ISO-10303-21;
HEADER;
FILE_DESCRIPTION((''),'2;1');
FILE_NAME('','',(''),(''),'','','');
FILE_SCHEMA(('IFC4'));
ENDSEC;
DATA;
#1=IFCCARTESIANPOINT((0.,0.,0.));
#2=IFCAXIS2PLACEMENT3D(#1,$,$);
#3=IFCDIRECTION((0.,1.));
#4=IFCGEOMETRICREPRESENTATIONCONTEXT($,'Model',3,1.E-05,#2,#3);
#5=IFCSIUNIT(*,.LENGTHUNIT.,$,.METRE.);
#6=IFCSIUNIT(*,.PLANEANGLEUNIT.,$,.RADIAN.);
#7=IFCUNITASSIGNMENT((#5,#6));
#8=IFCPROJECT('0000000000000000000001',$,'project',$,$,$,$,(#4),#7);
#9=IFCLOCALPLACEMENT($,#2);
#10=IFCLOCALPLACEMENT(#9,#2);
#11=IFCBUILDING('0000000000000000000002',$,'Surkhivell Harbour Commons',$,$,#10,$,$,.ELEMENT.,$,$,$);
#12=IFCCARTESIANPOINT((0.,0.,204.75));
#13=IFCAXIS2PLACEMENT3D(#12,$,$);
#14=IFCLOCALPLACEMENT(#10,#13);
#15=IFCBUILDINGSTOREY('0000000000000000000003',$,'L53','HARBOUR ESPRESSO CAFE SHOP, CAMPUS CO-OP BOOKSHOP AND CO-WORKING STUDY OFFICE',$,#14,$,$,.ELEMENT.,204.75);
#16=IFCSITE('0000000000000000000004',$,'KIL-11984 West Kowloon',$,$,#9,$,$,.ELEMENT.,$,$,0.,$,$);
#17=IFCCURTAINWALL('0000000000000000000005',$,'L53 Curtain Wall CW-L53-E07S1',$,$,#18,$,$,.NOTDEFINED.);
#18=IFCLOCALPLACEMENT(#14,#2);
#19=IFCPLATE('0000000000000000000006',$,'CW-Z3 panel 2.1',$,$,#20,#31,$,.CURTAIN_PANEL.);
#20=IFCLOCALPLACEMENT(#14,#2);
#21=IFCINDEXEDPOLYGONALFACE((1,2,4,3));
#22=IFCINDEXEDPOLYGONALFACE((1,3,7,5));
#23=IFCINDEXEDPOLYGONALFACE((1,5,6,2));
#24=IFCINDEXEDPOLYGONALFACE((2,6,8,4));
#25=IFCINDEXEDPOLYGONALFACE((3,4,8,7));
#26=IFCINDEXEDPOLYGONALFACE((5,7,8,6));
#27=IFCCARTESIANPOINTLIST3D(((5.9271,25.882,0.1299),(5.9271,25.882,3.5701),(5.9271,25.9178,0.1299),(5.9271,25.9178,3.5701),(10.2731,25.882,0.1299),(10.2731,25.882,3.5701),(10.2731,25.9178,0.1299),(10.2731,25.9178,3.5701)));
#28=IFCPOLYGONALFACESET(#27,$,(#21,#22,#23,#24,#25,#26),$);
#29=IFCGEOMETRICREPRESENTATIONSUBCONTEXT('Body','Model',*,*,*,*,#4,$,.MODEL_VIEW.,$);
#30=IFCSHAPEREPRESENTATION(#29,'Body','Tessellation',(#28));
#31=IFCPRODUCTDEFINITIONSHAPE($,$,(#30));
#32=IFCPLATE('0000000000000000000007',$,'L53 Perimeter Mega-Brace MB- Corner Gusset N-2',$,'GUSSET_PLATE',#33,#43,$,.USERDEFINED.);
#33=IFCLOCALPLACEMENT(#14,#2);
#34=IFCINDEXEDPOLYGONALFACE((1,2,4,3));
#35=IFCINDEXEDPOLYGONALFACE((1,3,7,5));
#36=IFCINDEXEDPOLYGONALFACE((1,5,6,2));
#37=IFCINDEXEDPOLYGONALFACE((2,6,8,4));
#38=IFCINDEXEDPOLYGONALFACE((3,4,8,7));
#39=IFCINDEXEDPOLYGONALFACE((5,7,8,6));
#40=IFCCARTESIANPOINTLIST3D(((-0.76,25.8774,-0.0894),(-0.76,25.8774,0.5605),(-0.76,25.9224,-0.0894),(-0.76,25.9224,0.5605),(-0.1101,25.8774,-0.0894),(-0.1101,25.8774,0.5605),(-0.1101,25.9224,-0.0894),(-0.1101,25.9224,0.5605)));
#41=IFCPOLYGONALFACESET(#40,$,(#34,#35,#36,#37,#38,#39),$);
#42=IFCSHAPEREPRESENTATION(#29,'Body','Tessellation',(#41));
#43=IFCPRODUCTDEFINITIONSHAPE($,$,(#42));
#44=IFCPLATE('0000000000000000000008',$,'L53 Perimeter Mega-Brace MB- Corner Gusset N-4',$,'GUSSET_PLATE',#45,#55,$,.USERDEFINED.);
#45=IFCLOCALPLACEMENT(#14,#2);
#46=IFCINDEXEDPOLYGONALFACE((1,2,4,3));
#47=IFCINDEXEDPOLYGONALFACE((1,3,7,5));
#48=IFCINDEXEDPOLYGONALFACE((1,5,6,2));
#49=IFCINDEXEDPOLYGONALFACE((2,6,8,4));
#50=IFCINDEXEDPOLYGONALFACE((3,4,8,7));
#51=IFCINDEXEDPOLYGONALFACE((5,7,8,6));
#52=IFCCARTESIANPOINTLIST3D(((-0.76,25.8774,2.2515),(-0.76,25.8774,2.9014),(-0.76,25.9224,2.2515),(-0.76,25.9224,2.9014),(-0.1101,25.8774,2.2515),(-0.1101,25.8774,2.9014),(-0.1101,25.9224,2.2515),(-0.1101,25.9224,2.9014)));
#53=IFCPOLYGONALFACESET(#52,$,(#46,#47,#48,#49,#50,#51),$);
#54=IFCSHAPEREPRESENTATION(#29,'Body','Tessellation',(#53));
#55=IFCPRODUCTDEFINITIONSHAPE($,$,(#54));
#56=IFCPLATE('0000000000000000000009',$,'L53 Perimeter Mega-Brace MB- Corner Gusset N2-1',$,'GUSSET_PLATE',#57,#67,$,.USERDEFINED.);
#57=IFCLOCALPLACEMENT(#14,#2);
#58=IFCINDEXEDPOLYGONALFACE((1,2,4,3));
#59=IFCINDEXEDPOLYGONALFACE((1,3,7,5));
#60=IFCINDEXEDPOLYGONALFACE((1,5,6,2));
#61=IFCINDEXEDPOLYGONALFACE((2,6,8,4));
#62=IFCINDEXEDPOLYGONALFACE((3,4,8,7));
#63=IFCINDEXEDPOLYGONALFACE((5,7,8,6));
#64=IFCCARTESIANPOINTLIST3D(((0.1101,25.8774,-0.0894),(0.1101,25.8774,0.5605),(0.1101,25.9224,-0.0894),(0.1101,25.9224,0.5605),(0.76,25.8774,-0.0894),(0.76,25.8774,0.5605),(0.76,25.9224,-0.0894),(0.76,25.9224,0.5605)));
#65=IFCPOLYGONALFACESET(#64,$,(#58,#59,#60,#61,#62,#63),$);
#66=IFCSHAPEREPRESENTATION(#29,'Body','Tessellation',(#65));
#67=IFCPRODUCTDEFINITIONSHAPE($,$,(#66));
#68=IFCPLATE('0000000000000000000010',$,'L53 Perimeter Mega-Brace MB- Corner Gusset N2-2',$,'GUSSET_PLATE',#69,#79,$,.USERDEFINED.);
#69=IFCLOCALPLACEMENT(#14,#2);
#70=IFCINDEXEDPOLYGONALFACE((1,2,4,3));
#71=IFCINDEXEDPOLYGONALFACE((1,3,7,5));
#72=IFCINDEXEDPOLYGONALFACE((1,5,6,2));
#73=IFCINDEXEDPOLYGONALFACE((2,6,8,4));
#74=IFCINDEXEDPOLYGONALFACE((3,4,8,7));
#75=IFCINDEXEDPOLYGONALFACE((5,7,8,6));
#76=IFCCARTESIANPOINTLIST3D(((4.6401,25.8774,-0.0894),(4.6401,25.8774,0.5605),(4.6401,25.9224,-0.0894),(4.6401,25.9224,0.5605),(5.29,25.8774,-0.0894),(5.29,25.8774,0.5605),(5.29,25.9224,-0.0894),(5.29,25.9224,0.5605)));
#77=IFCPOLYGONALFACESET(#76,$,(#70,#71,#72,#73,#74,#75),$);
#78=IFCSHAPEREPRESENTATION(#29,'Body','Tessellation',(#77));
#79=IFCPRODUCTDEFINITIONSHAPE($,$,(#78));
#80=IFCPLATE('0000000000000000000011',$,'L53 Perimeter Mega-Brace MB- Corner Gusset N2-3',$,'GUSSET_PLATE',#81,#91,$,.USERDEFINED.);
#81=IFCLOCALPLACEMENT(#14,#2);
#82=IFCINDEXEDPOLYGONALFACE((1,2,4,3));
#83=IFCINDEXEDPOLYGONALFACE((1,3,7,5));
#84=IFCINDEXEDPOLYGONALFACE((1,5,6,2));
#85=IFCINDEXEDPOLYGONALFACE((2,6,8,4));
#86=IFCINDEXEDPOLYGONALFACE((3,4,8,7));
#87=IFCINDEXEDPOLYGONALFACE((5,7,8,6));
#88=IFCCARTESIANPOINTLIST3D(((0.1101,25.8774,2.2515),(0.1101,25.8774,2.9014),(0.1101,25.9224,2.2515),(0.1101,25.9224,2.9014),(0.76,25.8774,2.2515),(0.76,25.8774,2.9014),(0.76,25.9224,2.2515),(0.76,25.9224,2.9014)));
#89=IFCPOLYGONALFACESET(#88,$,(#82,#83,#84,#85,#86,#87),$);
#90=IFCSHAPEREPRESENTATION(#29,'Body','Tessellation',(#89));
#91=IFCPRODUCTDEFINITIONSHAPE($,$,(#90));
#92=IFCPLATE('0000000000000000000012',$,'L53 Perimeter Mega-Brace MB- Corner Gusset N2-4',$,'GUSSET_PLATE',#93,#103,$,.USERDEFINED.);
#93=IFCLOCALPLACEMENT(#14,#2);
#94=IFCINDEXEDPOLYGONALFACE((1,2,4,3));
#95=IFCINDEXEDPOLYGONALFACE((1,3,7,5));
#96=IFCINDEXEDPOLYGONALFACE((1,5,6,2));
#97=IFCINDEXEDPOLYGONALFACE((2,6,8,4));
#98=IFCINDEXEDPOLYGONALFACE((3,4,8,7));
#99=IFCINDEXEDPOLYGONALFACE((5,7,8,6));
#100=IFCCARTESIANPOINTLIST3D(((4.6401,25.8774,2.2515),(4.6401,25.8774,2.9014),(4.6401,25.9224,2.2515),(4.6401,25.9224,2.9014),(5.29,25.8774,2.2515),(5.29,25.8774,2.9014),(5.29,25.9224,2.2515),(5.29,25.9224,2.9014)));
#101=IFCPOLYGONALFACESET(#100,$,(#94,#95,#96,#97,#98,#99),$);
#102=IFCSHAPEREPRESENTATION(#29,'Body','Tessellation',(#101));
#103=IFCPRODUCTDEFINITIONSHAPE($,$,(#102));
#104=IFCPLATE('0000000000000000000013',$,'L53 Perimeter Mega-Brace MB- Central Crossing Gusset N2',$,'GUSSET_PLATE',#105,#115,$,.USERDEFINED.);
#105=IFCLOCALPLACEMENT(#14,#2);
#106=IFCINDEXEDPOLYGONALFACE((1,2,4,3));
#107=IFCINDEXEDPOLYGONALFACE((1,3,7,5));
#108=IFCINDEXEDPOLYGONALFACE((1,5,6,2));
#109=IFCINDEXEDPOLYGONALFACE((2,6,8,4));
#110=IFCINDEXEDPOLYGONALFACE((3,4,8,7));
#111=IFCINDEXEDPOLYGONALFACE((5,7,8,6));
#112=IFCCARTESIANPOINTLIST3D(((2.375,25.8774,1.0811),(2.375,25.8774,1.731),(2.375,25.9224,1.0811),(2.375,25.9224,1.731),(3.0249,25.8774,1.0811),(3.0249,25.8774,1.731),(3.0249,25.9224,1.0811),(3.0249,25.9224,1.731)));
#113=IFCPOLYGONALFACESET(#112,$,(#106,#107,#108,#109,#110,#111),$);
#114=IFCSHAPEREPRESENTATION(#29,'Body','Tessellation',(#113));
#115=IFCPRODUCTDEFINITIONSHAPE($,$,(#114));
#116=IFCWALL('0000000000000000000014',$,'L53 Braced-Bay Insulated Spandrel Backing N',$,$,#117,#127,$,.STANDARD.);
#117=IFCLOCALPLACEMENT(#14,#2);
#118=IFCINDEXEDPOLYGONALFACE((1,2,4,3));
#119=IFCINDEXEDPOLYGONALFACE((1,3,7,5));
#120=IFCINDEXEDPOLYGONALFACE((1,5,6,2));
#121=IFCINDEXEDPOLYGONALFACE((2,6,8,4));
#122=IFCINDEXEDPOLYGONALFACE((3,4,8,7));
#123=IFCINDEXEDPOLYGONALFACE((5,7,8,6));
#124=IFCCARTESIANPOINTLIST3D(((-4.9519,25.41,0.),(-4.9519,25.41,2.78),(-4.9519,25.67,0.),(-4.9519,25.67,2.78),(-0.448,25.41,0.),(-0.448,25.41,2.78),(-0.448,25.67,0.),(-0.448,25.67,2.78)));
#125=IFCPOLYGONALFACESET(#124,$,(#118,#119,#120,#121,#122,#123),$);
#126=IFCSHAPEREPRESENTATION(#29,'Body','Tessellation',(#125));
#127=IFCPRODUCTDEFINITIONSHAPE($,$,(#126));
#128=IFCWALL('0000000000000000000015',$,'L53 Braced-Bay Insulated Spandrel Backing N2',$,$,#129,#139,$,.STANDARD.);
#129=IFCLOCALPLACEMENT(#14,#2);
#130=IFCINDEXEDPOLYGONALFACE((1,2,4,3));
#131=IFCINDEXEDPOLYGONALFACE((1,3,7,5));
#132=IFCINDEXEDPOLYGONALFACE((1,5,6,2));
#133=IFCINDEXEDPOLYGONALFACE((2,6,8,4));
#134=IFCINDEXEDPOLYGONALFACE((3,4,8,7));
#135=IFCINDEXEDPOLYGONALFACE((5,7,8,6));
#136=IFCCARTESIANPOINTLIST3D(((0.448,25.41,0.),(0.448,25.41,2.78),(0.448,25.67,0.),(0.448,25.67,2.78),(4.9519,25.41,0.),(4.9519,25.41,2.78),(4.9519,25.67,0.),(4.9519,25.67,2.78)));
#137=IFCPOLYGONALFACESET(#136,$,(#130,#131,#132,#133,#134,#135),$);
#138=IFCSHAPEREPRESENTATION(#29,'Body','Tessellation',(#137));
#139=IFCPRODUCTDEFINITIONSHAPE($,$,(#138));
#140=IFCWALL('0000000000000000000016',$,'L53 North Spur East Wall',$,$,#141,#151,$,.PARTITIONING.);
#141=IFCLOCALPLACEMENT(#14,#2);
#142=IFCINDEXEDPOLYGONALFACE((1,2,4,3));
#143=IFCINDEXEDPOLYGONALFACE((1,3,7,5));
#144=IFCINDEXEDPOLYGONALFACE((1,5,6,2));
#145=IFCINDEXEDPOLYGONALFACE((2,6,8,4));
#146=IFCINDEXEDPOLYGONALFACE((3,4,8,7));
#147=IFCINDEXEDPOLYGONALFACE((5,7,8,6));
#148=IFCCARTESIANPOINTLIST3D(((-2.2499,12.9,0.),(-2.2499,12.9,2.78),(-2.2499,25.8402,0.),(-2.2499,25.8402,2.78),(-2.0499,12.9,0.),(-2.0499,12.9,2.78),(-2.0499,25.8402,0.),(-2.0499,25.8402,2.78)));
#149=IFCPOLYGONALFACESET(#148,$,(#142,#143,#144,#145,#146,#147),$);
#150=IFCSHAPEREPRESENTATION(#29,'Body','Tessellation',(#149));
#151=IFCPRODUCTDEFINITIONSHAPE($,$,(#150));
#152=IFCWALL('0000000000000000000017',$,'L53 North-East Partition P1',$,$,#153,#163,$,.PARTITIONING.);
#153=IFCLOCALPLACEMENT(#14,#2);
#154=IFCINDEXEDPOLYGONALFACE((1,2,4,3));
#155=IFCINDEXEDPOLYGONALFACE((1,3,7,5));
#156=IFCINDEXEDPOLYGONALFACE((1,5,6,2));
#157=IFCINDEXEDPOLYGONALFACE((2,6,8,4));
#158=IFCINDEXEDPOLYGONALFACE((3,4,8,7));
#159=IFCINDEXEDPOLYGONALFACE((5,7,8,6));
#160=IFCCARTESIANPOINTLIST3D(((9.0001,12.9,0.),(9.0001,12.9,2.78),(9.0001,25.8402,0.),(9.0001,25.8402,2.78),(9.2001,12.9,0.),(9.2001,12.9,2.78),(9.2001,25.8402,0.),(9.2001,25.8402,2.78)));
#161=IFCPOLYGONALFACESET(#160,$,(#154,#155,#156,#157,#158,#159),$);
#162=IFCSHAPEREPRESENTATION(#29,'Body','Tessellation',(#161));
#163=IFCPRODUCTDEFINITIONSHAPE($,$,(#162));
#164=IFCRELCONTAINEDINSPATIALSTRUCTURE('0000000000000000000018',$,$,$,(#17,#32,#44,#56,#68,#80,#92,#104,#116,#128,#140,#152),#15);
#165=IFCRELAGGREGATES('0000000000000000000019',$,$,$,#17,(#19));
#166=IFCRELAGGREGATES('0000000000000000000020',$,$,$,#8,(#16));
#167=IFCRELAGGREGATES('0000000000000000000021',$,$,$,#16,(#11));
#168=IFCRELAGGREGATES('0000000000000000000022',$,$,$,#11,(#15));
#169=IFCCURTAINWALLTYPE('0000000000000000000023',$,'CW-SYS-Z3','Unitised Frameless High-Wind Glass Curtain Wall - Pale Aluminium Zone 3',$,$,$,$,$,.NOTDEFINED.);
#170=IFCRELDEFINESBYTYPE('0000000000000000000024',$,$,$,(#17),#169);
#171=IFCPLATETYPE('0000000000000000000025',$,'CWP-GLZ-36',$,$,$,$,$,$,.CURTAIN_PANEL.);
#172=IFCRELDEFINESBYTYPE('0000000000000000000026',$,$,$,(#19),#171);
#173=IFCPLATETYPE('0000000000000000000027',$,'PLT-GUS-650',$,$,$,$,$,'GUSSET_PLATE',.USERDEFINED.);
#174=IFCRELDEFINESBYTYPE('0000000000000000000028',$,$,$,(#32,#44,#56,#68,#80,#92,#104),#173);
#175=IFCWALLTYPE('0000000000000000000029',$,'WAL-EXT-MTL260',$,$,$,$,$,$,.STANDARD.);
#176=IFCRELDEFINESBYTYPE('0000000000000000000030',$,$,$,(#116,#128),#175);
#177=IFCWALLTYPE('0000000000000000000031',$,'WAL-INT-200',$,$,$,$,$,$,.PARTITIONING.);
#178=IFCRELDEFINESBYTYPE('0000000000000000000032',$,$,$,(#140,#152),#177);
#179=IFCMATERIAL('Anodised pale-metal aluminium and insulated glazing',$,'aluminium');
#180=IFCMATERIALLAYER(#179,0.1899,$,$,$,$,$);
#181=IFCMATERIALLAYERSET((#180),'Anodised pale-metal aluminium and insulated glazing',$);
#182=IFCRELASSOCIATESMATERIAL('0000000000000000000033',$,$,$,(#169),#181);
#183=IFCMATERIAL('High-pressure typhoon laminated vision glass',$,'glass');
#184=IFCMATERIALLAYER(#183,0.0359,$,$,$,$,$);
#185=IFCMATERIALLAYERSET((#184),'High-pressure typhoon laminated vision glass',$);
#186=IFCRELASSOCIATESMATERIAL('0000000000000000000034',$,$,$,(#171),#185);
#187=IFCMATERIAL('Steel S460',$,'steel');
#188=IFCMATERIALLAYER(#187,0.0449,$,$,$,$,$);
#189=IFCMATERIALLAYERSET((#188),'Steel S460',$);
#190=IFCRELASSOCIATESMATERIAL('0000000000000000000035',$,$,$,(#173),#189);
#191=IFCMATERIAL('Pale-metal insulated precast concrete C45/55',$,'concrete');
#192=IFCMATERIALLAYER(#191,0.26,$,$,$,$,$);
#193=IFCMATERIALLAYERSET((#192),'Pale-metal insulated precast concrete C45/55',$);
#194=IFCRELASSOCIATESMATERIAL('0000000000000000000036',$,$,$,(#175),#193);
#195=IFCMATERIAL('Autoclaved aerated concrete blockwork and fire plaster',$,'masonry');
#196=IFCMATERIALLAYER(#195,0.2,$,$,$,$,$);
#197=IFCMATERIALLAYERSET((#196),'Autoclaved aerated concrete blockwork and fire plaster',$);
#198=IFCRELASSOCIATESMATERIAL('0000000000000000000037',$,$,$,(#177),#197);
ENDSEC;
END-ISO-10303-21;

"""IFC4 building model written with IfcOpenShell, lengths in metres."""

from ifc_helpers import new_model, si_unit, direction, frame, frame_2d, origin, origin_2d, place, context, subcontext, project, spatial, rectangle, extrude, material, layer, layer_set, type_object, element, aggregate, save


model = new_model("IFC4")

# Units and contexts
model_context = context("Model", 3, precision=1e-05, world=origin(), true_north=direction((0.0, 1.0)))
body_context = subcontext(model_context, "Body", "Model", "MODEL_VIEW")
ifc_project = project(units=[si_unit("LENGTHUNIT", "METRE"), si_unit("PLANEANGLEUNIT", "RADIAN")], contexts=[model_context])

# Site, building, storey
site_placement = place(None, origin())
site = spatial("IfcSite", under=ifc_project, at=site_placement, Name="KIL-11984 West Kowloon", CompositionType="ELEMENT", RefElevation=0.0)
building_placement = place(site_placement, origin())
building = spatial("IfcBuilding", under=site, at=building_placement, Name="Surkhivell Harbour Commons", CompositionType="ELEMENT")
storey_placement = place(building_placement, frame((0.0, 0.0, 204.75)))
storey = spatial("IfcBuildingStorey", under=building, at=storey_placement, Name="L53", Description="HARBOUR ESPRESSO CAFE SHOP, CAMPUS CO-OP BOOKSHOP AND CO-WORKING STUDY OFFICE", CompositionType="ELEMENT", Elevation=204.75)

# Curtain wall
ifc_material_1 = material(Name="Anodised pale-metal aluminium and insulated glazing", Category="aluminium")
ifc_layer_1 = layer(ifc_material_1, 0.1899)
ifc_layer_set_1 = layer_set([ifc_layer_1], Name="Anodised pale-metal aluminium and insulated glazing")
curtain_wall_type = type_object("IfcCurtainWallType", Name="CW-SYS-Z3", Description="Unitised Frameless High-Wind Glass Curtain Wall - Pale Aluminium Zone 3", PredefinedType="NOTDEFINED", material=ifc_layer_set_1)
curtain_wall_placement = place(storey_placement, origin())
curtain_wall = element("IfcCurtainWall", 1, at=curtain_wall_placement, inside=storey, type_object=curtain_wall_type, Name="L53 Curtain Wall CW-L53-E07S1", PredefinedType="NOTDEFINED")

# Shared definitions
ifc_material_2 = material(Name="Steel S460", Category="steel")

# Plate
ifc_material_3 = material(Name="High-pressure typhoon laminated vision glass", Category="glass")
ifc_layer_2 = layer(ifc_material_3, 0.0359)
ifc_layer_set_2 = layer_set([ifc_layer_2], Name="High-pressure typhoon laminated vision glass")
plate_type_1 = type_object("IfcPlateType", Name="CWP-GLZ-36", PredefinedType="CURTAIN_PANEL", material=ifc_layer_set_2)
plate_placement = place(storey_placement, frame((10.2729, 25.8999, 0.1299), z_axis=(0.0, 0.0, 1.0), x_axis=(-1.0, 0.0, 0.0)))
plate = element("IfcPlate", 2, at=plate_placement, type_object=plate_type_1, Name="CW-Z3 panel 2.1", PredefinedType="CURTAIN_PANEL", context=body_context, shape_type="SweptSolid", body=[
    extrude(rectangle(XDim=4.3459, YDim=0.0359, at=frame_2d((2.1729, 0.0))), origin(), (0.0, 0.0, 1.0), 3.4402),
])
aggregate(curtain_wall, [plate])

# Plates
ifc_layer_3 = layer(ifc_material_2, 0.0449)
ifc_layer_set_3 = layer_set([ifc_layer_3], Name="Steel S460")
plate_type_2 = type_object("IfcPlateType", Name="PLT-GUS-650", ElementType="GUSSET_PLATE", PredefinedType="USERDEFINED", material=ifc_layer_set_3)
for number, where, z_axis, x_axis, name in (
    (3, (-0.4351, 25.8999, -0.0894), (0.0, 0.0, 1.0), (1.0, 0.0, 0.0), "L53 Perimeter Mega-Brace MB- Corner Gusset N-2"),
    (4, (-0.4351, 25.8999, 2.2515), (0.0, 0.0, 1.0), (1.0, 0.0, 0.0), "L53 Perimeter Mega-Brace MB- Corner Gusset N-4"),
    (5, (0.4351, 25.8999, -0.0894), (0.0, 0.0, 1.0), (1.0, 0.0, 0.0), "L53 Perimeter Mega-Brace MB- Corner Gusset N2-1"),
    (6, (4.9651, 25.8999, -0.0894), (0.0, 0.0, 1.0), (1.0, 0.0, 0.0), "L53 Perimeter Mega-Brace MB- Corner Gusset N2-2"),
    (7, (0.4351, 25.8999, 2.2515), (0.0, 0.0, 1.0), (1.0, 0.0, 0.0), "L53 Perimeter Mega-Brace MB- Corner Gusset N2-3"),
    (8, (4.9651, 25.8999, 2.2515), (0.0, 0.0, 1.0), (1.0, 0.0, 0.0), "L53 Perimeter Mega-Brace MB- Corner Gusset N2-4"),
    (9, (2.7, 25.8999, 1.0811), (0.0, 0.0, 1.0), (1.0, 0.0, 0.0), "L53 Perimeter Mega-Brace MB- Central Crossing Gusset N2"),
):
    element("IfcPlate", number, at=place(storey_placement, frame(where, z_axis=z_axis, x_axis=x_axis)), inside=storey, type_object=plate_type_2, Name=name, ObjectType="GUSSET_PLATE", PredefinedType="USERDEFINED", context=body_context, shape_type="SweptSolid", body=[
        extrude(rectangle(XDim=0.6499, YDim=0.0449, at=origin_2d()), origin(), (0.0, 0.0, 1.0), 0.6499),
    ])

# Walls
ifc_material_4 = material(Name="Pale-metal insulated precast concrete C45/55", Category="concrete")
ifc_layer_4 = layer(ifc_material_4, 0.26)
ifc_layer_set_4 = layer_set([ifc_layer_4], Name="Pale-metal insulated precast concrete C45/55")
wall_type_1 = type_object("IfcWallType", Name="WAL-EXT-MTL260", PredefinedType="STANDARD", material=ifc_layer_set_4)
for number, where, z_axis, x_axis, name in (
    (10, (-0.448, 25.54, 0.0), (0.0, 0.0, 1.0), (-1.0, 0.0, 0.0), "L53 Braced-Bay Insulated Spandrel Backing N"),
    (11, (4.9519, 25.54, 0.0), (0.0, 0.0, 1.0), (-1.0, 0.0, 0.0), "L53 Braced-Bay Insulated Spandrel Backing N2"),
):
    element("IfcWall", number, at=place(storey_placement, frame(where, z_axis=z_axis, x_axis=x_axis)), inside=storey, type_object=wall_type_1, Name=name, PredefinedType="STANDARD", context=body_context, shape_type="SweptSolid", body=[
        extrude(rectangle(XDim=4.5039, YDim=0.26, at=frame_2d((2.252, 0.0))), origin(), (0.0, 0.0, 1.0), 2.78),
    ])
ifc_material_5 = material(Name="Autoclaved aerated concrete blockwork and fire plaster", Category="masonry")
ifc_layer_5 = layer(ifc_material_5, 0.2)
ifc_layer_set_5 = layer_set([ifc_layer_5], Name="Autoclaved aerated concrete blockwork and fire plaster")
wall_type_2 = type_object("IfcWallType", Name="WAL-INT-200", PredefinedType="PARTITIONING", material=ifc_layer_set_5)
for number, where, z_axis, x_axis, name in (
    (12, (-2.1499, 12.8999, 0.0), (0.0, 0.0, 1.0), (0.0, 1.0, 0.0), "L53 North Spur East Wall"),
    (13, (9.1001, 12.8999, 0.0), (0.0, 0.0, 1.0), (0.0, 1.0, 0.0), "L53 North-East Partition P1"),
):
    element("IfcWall", number, at=place(storey_placement, frame(where, z_axis=z_axis, x_axis=x_axis)), inside=storey, type_object=wall_type_2, Name=name, PredefinedType="PARTITIONING", context=body_context, shape_type="SweptSolid", body=[
        extrude(rectangle(XDim=12.9402, YDim=0.2, at=frame_2d((6.4702, 0.0))), origin(), (0.0, 0.0, 1.0), 2.78),
    ])

save(model, "model.ifc")
